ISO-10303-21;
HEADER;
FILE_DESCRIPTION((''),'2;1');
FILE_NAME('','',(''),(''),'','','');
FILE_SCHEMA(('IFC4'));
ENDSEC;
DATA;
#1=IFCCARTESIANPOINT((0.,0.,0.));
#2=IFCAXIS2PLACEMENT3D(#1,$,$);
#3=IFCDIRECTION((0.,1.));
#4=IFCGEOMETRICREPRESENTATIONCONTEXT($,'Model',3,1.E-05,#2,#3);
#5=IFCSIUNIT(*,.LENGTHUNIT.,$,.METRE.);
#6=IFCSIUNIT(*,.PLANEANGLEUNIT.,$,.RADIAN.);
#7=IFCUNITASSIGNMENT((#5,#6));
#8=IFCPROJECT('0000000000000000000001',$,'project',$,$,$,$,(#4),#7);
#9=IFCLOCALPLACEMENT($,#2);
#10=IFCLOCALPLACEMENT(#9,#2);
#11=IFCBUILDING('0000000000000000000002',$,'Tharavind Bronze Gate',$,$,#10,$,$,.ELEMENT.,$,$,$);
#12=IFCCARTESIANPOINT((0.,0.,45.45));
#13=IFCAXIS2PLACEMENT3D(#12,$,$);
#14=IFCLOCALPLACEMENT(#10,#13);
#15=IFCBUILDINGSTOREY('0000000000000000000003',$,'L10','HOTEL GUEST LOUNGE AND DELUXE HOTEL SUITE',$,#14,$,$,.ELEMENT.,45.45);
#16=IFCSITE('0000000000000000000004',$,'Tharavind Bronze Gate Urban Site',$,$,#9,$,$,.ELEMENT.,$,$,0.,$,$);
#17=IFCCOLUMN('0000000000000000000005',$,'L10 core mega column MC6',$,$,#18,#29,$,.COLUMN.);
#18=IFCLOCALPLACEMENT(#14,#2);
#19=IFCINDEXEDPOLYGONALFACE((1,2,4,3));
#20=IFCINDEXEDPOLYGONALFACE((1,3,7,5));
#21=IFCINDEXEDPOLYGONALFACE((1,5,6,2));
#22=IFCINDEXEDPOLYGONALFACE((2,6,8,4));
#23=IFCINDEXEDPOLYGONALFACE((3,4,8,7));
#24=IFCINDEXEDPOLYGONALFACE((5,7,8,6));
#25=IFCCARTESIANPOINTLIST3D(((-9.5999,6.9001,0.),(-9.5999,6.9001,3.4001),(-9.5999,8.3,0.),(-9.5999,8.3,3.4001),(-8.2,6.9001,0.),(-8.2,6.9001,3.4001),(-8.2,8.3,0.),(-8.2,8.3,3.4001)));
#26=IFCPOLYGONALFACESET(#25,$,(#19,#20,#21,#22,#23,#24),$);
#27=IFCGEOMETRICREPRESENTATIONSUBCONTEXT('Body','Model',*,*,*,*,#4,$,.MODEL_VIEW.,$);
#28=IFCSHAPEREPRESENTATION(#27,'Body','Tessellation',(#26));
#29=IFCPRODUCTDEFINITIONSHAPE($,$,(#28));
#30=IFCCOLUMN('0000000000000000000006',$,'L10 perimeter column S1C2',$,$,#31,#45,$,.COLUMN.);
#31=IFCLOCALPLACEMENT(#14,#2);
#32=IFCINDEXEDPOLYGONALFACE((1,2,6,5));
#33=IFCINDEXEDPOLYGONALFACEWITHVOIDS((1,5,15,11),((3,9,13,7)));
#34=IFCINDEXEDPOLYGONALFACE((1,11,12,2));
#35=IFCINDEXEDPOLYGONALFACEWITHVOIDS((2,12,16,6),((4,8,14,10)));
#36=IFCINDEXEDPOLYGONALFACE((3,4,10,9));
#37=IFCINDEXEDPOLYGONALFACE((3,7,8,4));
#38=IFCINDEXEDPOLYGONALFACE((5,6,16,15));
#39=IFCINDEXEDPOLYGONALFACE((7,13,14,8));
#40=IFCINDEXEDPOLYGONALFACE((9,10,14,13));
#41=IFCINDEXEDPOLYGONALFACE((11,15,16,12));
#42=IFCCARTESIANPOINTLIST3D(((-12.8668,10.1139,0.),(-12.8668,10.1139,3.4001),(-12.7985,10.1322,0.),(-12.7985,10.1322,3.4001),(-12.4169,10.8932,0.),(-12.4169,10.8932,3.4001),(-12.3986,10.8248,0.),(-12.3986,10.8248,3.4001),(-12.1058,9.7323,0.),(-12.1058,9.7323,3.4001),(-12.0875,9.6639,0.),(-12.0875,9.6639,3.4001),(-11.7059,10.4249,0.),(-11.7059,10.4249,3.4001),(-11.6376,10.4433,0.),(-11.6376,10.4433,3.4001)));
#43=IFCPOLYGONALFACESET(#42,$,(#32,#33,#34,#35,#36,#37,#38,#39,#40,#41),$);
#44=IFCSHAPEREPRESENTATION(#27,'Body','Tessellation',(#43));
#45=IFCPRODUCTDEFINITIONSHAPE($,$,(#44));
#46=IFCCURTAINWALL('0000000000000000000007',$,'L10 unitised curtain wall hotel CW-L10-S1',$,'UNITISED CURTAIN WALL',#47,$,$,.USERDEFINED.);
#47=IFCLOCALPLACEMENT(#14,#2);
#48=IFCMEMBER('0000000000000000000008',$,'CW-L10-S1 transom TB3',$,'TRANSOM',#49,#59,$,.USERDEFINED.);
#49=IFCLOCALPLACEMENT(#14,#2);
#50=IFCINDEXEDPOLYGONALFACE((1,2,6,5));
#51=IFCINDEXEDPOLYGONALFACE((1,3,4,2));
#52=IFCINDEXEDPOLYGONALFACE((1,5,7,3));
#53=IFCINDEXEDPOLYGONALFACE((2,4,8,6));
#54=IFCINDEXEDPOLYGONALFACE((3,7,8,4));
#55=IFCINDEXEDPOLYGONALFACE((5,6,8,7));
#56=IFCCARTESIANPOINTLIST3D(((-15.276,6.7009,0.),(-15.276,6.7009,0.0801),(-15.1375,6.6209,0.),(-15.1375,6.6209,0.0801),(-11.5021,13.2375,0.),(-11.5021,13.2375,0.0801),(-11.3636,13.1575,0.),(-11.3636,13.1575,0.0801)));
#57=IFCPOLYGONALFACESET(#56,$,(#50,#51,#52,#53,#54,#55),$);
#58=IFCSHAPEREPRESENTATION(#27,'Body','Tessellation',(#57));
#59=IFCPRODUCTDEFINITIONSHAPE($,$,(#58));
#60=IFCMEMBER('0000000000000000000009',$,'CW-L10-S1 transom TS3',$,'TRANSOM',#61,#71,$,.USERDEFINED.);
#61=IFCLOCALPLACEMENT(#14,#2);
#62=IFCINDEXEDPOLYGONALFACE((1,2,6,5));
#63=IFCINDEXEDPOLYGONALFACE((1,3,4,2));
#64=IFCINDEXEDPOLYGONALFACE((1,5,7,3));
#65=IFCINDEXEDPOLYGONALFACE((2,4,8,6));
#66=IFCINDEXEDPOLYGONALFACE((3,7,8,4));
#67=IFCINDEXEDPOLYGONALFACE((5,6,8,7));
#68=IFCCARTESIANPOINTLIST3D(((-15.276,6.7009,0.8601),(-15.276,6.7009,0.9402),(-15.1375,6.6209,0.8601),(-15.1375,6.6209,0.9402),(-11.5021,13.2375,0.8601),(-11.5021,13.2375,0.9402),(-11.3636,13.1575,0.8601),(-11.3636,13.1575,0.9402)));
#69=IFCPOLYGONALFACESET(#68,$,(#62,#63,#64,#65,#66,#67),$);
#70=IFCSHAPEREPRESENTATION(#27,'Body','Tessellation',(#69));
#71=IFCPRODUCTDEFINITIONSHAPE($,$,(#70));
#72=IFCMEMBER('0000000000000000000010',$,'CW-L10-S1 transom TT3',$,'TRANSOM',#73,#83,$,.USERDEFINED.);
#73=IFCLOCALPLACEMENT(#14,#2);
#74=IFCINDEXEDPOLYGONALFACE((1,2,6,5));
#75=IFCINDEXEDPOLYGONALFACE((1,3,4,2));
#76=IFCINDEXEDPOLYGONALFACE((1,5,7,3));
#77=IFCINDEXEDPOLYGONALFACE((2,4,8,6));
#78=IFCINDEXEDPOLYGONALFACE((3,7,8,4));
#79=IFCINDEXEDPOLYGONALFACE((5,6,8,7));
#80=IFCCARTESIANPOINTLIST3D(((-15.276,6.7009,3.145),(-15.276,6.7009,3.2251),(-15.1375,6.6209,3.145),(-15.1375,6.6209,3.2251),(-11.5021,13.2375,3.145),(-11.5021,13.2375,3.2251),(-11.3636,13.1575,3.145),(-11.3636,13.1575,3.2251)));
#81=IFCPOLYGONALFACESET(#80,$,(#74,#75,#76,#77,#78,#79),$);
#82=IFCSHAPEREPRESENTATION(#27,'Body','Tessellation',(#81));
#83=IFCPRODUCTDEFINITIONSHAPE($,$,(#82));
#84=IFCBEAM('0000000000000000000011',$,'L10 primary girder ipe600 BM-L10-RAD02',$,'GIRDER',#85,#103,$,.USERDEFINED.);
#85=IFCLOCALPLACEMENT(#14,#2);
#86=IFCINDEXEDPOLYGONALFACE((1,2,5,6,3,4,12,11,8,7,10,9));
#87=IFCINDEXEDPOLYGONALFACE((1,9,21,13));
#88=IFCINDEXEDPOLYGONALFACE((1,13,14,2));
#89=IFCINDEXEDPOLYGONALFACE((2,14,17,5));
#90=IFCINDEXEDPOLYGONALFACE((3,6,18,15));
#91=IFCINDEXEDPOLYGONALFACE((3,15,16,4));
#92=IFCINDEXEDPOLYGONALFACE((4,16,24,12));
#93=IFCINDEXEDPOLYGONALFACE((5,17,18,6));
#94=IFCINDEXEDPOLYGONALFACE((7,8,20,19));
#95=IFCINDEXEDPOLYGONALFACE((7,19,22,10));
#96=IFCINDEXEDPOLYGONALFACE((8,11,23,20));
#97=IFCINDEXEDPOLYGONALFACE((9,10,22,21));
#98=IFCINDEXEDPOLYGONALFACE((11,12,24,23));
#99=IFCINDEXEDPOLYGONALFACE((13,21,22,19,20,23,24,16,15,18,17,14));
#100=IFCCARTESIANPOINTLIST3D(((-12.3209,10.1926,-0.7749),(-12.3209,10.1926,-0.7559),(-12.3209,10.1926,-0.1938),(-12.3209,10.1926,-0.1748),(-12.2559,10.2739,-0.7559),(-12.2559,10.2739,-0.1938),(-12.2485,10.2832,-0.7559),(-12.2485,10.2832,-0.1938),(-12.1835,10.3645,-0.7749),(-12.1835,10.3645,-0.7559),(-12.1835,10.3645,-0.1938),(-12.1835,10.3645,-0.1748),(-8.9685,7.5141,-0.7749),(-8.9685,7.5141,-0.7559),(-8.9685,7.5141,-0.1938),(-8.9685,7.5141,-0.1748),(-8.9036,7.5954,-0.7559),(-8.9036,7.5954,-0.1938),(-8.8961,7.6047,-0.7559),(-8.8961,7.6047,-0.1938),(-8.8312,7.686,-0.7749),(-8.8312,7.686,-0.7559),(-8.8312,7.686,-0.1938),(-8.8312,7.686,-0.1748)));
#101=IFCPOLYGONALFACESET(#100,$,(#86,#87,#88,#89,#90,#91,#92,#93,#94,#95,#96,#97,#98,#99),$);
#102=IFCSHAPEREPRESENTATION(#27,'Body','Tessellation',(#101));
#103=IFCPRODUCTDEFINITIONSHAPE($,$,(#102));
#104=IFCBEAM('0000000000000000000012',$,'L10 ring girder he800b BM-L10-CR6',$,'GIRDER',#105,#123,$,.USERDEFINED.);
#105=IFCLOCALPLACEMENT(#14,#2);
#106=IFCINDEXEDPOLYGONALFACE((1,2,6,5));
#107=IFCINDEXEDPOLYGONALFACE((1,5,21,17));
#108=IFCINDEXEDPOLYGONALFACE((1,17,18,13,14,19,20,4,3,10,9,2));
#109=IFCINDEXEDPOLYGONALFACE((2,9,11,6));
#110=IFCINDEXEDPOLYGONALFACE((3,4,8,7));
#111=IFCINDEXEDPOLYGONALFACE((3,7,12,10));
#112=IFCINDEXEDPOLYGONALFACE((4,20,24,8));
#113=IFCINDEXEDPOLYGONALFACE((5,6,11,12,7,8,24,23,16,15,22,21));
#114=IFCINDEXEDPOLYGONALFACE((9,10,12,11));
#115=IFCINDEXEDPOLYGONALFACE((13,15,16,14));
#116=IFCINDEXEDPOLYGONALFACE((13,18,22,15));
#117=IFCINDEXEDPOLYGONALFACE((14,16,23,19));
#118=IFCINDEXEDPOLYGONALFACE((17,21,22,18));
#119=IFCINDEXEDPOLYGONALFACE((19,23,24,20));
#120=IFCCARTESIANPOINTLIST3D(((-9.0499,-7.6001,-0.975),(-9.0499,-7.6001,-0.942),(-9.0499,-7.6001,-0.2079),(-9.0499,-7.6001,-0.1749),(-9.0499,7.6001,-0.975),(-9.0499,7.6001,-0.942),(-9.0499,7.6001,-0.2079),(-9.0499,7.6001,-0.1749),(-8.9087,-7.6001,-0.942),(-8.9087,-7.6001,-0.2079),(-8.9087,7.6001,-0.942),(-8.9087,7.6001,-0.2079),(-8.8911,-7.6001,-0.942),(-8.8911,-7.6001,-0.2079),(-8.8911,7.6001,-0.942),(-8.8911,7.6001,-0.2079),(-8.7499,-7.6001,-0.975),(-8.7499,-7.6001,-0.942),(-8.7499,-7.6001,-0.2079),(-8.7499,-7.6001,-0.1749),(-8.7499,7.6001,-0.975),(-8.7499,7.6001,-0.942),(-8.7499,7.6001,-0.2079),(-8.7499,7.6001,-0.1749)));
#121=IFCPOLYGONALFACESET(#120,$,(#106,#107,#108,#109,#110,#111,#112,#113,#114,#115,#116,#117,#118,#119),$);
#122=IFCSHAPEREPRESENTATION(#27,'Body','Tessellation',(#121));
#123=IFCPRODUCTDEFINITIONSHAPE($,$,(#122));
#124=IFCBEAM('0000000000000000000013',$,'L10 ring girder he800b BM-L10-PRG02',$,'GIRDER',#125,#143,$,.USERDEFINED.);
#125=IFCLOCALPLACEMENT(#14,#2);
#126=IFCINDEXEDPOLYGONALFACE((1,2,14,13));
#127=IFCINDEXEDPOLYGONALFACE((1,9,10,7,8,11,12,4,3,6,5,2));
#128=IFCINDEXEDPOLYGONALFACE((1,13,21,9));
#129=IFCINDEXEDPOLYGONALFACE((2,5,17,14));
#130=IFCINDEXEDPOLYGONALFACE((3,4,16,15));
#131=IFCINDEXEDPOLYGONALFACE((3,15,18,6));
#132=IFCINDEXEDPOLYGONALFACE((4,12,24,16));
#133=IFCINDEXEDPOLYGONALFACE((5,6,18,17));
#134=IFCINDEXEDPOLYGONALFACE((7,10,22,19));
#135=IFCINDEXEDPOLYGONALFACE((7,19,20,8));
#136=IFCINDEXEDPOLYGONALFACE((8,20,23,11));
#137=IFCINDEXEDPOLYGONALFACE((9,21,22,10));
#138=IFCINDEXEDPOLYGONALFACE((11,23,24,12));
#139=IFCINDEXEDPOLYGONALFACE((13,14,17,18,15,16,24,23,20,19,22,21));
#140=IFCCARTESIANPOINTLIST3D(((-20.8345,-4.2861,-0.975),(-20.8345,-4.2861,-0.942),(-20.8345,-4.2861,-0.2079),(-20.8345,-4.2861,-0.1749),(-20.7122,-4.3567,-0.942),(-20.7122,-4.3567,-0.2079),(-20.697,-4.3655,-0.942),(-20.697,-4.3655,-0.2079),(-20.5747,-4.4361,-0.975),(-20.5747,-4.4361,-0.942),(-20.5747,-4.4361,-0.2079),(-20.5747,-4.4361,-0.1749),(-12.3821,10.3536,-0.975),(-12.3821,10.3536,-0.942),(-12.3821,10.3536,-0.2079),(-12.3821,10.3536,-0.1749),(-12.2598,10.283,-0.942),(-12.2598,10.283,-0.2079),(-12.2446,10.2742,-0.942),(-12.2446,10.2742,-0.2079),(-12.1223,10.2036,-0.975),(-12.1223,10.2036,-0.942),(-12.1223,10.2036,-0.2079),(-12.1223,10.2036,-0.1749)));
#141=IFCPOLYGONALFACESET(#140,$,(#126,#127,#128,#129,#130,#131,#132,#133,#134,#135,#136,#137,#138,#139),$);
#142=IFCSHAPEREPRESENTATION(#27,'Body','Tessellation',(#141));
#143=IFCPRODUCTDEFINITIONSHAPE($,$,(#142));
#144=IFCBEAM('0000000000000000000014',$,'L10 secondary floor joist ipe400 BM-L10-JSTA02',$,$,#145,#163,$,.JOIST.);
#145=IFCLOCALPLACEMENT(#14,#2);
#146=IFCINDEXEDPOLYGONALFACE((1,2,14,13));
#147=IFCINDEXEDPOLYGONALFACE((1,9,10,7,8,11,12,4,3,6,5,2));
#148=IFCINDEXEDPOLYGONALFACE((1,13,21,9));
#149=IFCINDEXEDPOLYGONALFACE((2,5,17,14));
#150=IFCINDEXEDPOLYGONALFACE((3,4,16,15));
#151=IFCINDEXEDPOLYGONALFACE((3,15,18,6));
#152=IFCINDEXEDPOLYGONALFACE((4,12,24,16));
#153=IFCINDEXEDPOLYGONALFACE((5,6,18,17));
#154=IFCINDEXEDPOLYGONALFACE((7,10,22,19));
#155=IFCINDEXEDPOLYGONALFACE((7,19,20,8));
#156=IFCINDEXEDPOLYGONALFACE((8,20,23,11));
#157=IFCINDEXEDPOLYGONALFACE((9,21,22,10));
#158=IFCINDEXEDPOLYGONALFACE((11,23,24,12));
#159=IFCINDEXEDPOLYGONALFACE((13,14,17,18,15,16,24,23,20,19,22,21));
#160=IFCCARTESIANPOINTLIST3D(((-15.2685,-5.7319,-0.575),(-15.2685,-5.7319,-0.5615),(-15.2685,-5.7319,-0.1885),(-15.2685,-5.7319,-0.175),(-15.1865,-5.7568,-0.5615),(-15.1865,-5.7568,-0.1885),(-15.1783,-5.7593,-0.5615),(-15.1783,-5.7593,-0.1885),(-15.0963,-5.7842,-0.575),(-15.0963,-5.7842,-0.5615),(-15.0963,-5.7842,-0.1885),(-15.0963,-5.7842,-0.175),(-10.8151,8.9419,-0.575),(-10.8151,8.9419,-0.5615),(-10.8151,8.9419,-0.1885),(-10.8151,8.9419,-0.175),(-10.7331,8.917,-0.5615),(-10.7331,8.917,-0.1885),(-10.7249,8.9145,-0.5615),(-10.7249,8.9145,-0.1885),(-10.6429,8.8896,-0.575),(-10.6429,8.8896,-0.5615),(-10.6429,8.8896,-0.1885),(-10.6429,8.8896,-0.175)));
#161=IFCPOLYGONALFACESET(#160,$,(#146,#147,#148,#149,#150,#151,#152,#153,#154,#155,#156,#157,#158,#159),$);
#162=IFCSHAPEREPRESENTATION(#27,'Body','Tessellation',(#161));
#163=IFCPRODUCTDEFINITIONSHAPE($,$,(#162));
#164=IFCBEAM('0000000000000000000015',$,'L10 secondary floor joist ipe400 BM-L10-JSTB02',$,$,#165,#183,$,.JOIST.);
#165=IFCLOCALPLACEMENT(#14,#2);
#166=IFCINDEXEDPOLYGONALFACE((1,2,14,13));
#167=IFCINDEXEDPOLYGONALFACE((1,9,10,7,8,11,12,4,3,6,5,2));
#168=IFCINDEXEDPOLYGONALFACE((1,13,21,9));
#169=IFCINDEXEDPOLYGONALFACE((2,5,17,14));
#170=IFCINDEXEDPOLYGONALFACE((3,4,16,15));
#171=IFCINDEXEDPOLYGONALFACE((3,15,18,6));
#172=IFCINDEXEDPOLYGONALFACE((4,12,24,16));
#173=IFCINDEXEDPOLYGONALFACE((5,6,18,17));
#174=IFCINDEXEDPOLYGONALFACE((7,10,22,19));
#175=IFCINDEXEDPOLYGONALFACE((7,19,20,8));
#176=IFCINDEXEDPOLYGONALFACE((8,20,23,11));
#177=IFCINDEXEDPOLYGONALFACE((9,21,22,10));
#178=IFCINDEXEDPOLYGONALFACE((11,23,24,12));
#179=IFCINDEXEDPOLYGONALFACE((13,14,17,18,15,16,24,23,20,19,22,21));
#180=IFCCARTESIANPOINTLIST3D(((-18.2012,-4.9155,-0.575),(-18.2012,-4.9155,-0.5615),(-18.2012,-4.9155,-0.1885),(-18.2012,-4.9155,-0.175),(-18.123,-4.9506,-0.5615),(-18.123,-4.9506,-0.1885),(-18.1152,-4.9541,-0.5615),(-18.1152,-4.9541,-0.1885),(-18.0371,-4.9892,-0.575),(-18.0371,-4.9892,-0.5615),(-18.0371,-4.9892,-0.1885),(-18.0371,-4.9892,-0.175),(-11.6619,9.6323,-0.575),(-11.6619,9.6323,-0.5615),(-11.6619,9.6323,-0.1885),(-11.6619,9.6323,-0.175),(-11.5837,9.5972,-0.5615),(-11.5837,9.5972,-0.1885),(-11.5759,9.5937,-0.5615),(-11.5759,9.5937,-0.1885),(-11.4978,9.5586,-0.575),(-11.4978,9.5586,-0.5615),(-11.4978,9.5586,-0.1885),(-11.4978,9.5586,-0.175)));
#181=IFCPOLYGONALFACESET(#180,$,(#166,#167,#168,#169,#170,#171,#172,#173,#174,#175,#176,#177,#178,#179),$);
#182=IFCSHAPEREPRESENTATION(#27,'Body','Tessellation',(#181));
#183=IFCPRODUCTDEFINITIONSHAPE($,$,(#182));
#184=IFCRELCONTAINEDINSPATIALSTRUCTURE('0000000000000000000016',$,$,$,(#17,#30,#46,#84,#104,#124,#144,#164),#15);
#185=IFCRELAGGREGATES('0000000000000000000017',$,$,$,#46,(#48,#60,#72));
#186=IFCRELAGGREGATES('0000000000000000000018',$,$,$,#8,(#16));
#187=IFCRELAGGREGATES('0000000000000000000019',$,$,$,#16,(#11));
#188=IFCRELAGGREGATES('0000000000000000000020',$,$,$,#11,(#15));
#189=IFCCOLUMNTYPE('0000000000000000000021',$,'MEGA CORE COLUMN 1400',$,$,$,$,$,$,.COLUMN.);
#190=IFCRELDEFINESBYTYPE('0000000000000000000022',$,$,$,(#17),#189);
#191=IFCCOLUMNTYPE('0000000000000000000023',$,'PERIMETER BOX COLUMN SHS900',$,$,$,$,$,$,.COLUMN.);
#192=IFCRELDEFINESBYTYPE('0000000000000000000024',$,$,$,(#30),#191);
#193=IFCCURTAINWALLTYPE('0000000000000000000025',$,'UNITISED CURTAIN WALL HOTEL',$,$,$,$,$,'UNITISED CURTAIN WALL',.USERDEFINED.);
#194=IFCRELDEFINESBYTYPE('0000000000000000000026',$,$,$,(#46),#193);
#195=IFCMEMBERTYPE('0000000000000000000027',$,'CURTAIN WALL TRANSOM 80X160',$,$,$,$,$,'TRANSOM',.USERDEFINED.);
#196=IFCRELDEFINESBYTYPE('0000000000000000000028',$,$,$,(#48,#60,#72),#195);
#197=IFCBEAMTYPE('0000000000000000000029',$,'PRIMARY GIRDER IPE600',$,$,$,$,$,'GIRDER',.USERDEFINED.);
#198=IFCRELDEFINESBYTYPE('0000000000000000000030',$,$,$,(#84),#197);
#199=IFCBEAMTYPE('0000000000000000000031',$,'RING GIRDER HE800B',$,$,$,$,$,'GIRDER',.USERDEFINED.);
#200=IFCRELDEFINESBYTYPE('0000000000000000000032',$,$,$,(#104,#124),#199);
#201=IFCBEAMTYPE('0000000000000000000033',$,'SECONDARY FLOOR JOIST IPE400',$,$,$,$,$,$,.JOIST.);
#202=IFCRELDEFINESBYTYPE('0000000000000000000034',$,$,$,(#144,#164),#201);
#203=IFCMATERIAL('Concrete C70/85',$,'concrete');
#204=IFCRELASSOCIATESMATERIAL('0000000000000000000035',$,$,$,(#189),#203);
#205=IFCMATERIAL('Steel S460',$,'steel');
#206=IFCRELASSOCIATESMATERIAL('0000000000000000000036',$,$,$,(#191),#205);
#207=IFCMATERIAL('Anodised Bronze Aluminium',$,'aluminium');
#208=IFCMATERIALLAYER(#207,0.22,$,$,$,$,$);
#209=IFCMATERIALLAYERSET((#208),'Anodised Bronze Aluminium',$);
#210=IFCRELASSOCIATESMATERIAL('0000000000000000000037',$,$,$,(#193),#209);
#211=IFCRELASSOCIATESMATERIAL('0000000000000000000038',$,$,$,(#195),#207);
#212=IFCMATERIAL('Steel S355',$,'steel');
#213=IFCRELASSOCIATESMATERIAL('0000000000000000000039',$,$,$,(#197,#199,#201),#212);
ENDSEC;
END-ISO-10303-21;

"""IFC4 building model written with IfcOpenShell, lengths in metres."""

from ifc_helpers import new_model, si_unit, direction, frame, origin, origin_2d, place, context, subcontext, project, spatial, rectangle, hollow_rectangle, i_section, extrude, material, layer, layer_set, material_profile, profile_set, type_object, element, aggregate, save


model = new_model("IFC4")

# Units and contexts
model_context = context("Model", 3, precision=1e-05, world=origin(), true_north=direction((0.0, 1.0)))
body_context = subcontext(model_context, "Body", "Model", "MODEL_VIEW")
ifc_project = project(units=[si_unit("LENGTHUNIT", "METRE"), si_unit("PLANEANGLEUNIT", "RADIAN")], contexts=[model_context])

# Site, building, storey
site_placement = place(None, origin())
site = spatial("IfcSite", under=ifc_project, at=site_placement, Name="Tharavind Bronze Gate Urban Site", CompositionType="ELEMENT", RefElevation=0.0)
building_placement = place(site_placement, origin())
building = spatial("IfcBuilding", under=site, at=building_placement, Name="Tharavind Bronze Gate", CompositionType="ELEMENT")
storey_placement = place(building_placement, frame((0.0, 0.0, 45.45)))
storey = spatial("IfcBuildingStorey", under=building, at=storey_placement, Name="L10", Description="HOTEL GUEST LOUNGE AND DELUXE HOTEL SUITE", CompositionType="ELEMENT", Elevation=45.45)

# Columns
ifc_material_1 = material(Name="Concrete C70/85", Category="concrete")
ifc_material_profile_1 = material_profile(ifc_material_1, rectangle(XDim=1.3999, YDim=1.3999, at=origin_2d()), Name="RCCOL1400")
ifc_profile_set_1 = profile_set([ifc_material_profile_1], Name="Concrete C70/85")
column_type_1 = type_object("IfcColumnType", Name="MEGA CORE COLUMN 1400", PredefinedType="COLUMN", material=ifc_profile_set_1)
column_1_placement = place(storey_placement, frame((-8.8999, 7.6001, 0.0), z_axis=(0.0, 0.0, 1.0), x_axis=(1.0, 0.0, 0.0)))
element("IfcColumn", 1, at=column_1_placement, inside=storey, type_object=column_type_1, Name="L10 core mega column MC6", PredefinedType="COLUMN", context=body_context, shape_type="SweptSolid", body=[
    extrude(rectangle(XDim=1.3999, YDim=1.3999, at=origin_2d()), origin(), (0.0, 0.0, 1.0), 3.4001),
])
ifc_material_2 = material(Name="Steel S460", Category="steel")
ifc_material_profile_2 = material_profile(ifc_material_2, hollow_rectangle(XDim=0.8999, YDim=0.8999, WallThickness=0.05, at=origin_2d()), Name="SHS900X50")
ifc_profile_set_2 = profile_set([ifc_material_profile_2], Name="Steel S460")
column_type_2 = type_object("IfcColumnType", Name="PERIMETER BOX COLUMN SHS900", PredefinedType="COLUMN", material=ifc_profile_set_2)
column_2_placement = place(storey_placement, frame((-12.2522, 10.2786, 0.0), z_axis=(0.0, 0.0, 1.0), x_axis=(0.500002, 0.866025, 0.0)))
element("IfcColumn", 2, at=column_2_placement, inside=storey, type_object=column_type_2, Name="L10 perimeter column S1C2", PredefinedType="COLUMN", context=body_context, shape_type="SweptSolid", body=[
    extrude(hollow_rectangle(XDim=0.8999, YDim=0.8999, WallThickness=0.05, at=origin_2d()), origin(), (0.0, 0.0, 1.0), 3.4001),
])

# Curtain wall, members
ifc_material_3 = material(Name="Anodised Bronze Aluminium", Category="aluminium")
ifc_layer_1 = layer(ifc_material_3, 0.22)
ifc_layer_set_1 = layer_set([ifc_layer_1], Name="Anodised Bronze Aluminium")
curtain_wall_type = type_object("IfcCurtainWallType", Name="UNITISED CURTAIN WALL HOTEL", ElementType="UNITISED CURTAIN WALL", PredefinedType="USERDEFINED", material=ifc_layer_set_1)
curtain_wall_placement = place(storey_placement, origin())
curtain_wall = element("IfcCurtainWall", 3, at=curtain_wall_placement, inside=storey, type_object=curtain_wall_type, Name="L10 unitised curtain wall hotel CW-L10-S1", ObjectType="UNITISED CURTAIN WALL", PredefinedType="USERDEFINED")
member_type = type_object("IfcMemberType", Name="CURTAIN WALL TRANSOM 80X160", ElementType="TRANSOM", PredefinedType="USERDEFINED", material=ifc_material_3)
member_1_placement = place(storey_placement, frame((-13.3198, 9.9292, 0.0), z_axis=(0.0, 0.0, 1.0), x_axis=(-0.500002, -0.866025, 0.0)))
member_1 = element("IfcMember", 4, at=member_1_placement, type_object=member_type, Name="CW-L10-S1 transom TB3", ObjectType="TRANSOM", PredefinedType="USERDEFINED", context=body_context, shape_type="SweptSolid", body=[
    extrude(rectangle(XDim=7.5479, YDim=0.1599, at=origin_2d()), origin(), (0.0, 0.0, 1.0), 0.0801),
])
member_2_placement = place(storey_placement, frame((-13.3198, 9.9292, 0.8601), z_axis=(0.0, 0.0, 1.0), x_axis=(-0.500002, -0.866025, 0.0)))
member_2 = element("IfcMember", 5, at=member_2_placement, type_object=member_type, Name="CW-L10-S1 transom TS3", ObjectType="TRANSOM", PredefinedType="USERDEFINED", context=body_context, shape_type="SweptSolid", body=[
    extrude(rectangle(XDim=7.5479, YDim=0.1599, at=origin_2d()), origin(), (0.0, 0.0, 1.0), 0.0801),
])
member_3_placement = place(storey_placement, frame((-13.3198, 9.9292, 3.145), z_axis=(0.0, 0.0, 1.0), x_axis=(-0.500002, -0.866025, 0.0)))
member_3 = element("IfcMember", 6, at=member_3_placement, type_object=member_type, Name="CW-L10-S1 transom TT3", ObjectType="TRANSOM", PredefinedType="USERDEFINED", context=body_context, shape_type="SweptSolid", body=[
    extrude(rectangle(XDim=7.5479, YDim=0.1599, at=origin_2d()), origin(), (0.0, 0.0, 1.0), 0.0801),
])

# Beams
ifc_material_4 = material(Name="Steel S355", Category="steel")
ifc_material_profile_3 = material_profile(ifc_material_4, i_section(OverallWidth=0.22, OverallDepth=0.6001, WebThickness=0.012, FlangeThickness=0.019, at=origin_2d()), Name="IPE600")
ifc_profile_set_3 = profile_set([ifc_material_profile_3], Name="Steel S355")
beam_type_1 = type_object("IfcBeamType", Name="PRIMARY GIRDER IPE600", ElementType="GIRDER", PredefinedType="USERDEFINED", material=ifc_profile_set_3)
beam_1_placement = place(storey_placement, frame((-12.2522, 10.2786, -0.4749), z_axis=(0.781252, -0.624216, 0.0), x_axis=(0.624216, 0.781252, 0.0)))
element("IfcBeam", 7, at=beam_1_placement, inside=storey, type_object=beam_type_1, Name="L10 primary girder ipe600 BM-L10-RAD02", ObjectType="GIRDER", PredefinedType="USERDEFINED", context=body_context, shape_type="SweptSolid", body=[
    extrude(i_section(OverallWidth=0.22, OverallDepth=0.6001, WebThickness=0.012, FlangeThickness=0.019, at=origin_2d()), origin(), (0.0, 0.0, 1.0), 4.291),
])
ifc_material_profile_4 = material_profile(ifc_material_4, i_section(OverallWidth=0.3, OverallDepth=0.8, WebThickness=0.0176, FlangeThickness=0.033, at=origin_2d()), Name="HE800B")
ifc_profile_set_4 = profile_set([ifc_material_profile_4], Name="Steel S355")
beam_type_2 = type_object("IfcBeamType", Name="RING GIRDER HE800B", ElementType="GIRDER", PredefinedType="USERDEFINED", material=ifc_profile_set_4)
beam_2_placement = place(storey_placement, frame((-8.8999, 7.6001, -0.575), z_axis=(0.0, -1.0, 0.0), x_axis=(1.0, 0.0, 0.0)))
element("IfcBeam", 8, at=beam_2_placement, inside=storey, type_object=beam_type_2, Name="L10 ring girder he800b BM-L10-CR6", ObjectType="GIRDER", PredefinedType="USERDEFINED", context=body_context, shape_type="SweptSolid", body=[
    extrude(i_section(OverallWidth=0.3, OverallDepth=0.8, WebThickness=0.0176, FlangeThickness=0.033, at=origin_2d()), origin(), (0.0, 0.0, 1.0), 15.2002),
])
beam_3_placement = place(storey_placement, frame((-12.2522, 10.2786, -0.575), z_axis=(-0.500008, -0.866021, 0.0), x_axis=(0.866021, -0.500008, 0.0)))
element("IfcBeam", 9, at=beam_3_placement, inside=storey, type_object=beam_type_2, Name="L10 ring girder he800b BM-L10-PRG02", ObjectType="GIRDER", PredefinedType="USERDEFINED", context=body_context, shape_type="SweptSolid", body=[
    extrude(i_section(OverallWidth=0.3, OverallDepth=0.8, WebThickness=0.0176, FlangeThickness=0.033, at=origin_2d()), origin(), (0.0, 0.0, 1.0), 16.9045),
])
ifc_material_profile_5 = material_profile(ifc_material_4, i_section(OverallWidth=0.1799, OverallDepth=0.3999, WebThickness=0.0085, FlangeThickness=0.0134, at=origin_2d()), Name="IPE400")
ifc_profile_set_5 = profile_set([ifc_material_profile_5], Name="Steel S355")
beam_type_3 = type_object("IfcBeamType", Name="SECONDARY FLOOR JOIST IPE400", PredefinedType="JOIST", material=ifc_profile_set_5)
beam_4_placement = place(storey_placement, frame((-10.729, 8.9158, -0.375), z_axis=(-0.290411, -0.956902, 0.0), x_axis=(0.956902, -0.290411, 0.0)))
element("IfcBeam", 10, at=beam_4_placement, inside=storey, type_object=beam_type_3, Name="L10 secondary floor joist ipe400 BM-L10-JSTA02", PredefinedType="JOIST", context=body_context, shape_type="SweptSolid", body=[
    extrude(i_section(OverallWidth=0.1799, OverallDepth=0.3999, WebThickness=0.0085, FlangeThickness=0.0134, at=origin_2d()), origin(), (0.0, 0.0, 1.0), 15.3347),
])
beam_5_placement = place(storey_placement, frame((-11.5798, 9.5955, -0.375), z_axis=(-0.409988, -0.912091, 0.0), x_axis=(0.912091, -0.409988, 0.0)))
element("IfcBeam", 11, at=beam_5_placement, inside=storey, type_object=beam_type_3, Name="L10 secondary floor joist ipe400 BM-L10-JSTB02", PredefinedType="JOIST", context=body_context, shape_type="SweptSolid", body=[
    extrude(i_section(OverallWidth=0.1799, OverallDepth=0.3999, WebThickness=0.0085, FlangeThickness=0.0134, at=origin_2d()), origin(), (0.0, 0.0, 1.0), 15.95),
])

aggregate(curtain_wall, [member_1, member_2, member_3])

save(model, "model.ifc")
